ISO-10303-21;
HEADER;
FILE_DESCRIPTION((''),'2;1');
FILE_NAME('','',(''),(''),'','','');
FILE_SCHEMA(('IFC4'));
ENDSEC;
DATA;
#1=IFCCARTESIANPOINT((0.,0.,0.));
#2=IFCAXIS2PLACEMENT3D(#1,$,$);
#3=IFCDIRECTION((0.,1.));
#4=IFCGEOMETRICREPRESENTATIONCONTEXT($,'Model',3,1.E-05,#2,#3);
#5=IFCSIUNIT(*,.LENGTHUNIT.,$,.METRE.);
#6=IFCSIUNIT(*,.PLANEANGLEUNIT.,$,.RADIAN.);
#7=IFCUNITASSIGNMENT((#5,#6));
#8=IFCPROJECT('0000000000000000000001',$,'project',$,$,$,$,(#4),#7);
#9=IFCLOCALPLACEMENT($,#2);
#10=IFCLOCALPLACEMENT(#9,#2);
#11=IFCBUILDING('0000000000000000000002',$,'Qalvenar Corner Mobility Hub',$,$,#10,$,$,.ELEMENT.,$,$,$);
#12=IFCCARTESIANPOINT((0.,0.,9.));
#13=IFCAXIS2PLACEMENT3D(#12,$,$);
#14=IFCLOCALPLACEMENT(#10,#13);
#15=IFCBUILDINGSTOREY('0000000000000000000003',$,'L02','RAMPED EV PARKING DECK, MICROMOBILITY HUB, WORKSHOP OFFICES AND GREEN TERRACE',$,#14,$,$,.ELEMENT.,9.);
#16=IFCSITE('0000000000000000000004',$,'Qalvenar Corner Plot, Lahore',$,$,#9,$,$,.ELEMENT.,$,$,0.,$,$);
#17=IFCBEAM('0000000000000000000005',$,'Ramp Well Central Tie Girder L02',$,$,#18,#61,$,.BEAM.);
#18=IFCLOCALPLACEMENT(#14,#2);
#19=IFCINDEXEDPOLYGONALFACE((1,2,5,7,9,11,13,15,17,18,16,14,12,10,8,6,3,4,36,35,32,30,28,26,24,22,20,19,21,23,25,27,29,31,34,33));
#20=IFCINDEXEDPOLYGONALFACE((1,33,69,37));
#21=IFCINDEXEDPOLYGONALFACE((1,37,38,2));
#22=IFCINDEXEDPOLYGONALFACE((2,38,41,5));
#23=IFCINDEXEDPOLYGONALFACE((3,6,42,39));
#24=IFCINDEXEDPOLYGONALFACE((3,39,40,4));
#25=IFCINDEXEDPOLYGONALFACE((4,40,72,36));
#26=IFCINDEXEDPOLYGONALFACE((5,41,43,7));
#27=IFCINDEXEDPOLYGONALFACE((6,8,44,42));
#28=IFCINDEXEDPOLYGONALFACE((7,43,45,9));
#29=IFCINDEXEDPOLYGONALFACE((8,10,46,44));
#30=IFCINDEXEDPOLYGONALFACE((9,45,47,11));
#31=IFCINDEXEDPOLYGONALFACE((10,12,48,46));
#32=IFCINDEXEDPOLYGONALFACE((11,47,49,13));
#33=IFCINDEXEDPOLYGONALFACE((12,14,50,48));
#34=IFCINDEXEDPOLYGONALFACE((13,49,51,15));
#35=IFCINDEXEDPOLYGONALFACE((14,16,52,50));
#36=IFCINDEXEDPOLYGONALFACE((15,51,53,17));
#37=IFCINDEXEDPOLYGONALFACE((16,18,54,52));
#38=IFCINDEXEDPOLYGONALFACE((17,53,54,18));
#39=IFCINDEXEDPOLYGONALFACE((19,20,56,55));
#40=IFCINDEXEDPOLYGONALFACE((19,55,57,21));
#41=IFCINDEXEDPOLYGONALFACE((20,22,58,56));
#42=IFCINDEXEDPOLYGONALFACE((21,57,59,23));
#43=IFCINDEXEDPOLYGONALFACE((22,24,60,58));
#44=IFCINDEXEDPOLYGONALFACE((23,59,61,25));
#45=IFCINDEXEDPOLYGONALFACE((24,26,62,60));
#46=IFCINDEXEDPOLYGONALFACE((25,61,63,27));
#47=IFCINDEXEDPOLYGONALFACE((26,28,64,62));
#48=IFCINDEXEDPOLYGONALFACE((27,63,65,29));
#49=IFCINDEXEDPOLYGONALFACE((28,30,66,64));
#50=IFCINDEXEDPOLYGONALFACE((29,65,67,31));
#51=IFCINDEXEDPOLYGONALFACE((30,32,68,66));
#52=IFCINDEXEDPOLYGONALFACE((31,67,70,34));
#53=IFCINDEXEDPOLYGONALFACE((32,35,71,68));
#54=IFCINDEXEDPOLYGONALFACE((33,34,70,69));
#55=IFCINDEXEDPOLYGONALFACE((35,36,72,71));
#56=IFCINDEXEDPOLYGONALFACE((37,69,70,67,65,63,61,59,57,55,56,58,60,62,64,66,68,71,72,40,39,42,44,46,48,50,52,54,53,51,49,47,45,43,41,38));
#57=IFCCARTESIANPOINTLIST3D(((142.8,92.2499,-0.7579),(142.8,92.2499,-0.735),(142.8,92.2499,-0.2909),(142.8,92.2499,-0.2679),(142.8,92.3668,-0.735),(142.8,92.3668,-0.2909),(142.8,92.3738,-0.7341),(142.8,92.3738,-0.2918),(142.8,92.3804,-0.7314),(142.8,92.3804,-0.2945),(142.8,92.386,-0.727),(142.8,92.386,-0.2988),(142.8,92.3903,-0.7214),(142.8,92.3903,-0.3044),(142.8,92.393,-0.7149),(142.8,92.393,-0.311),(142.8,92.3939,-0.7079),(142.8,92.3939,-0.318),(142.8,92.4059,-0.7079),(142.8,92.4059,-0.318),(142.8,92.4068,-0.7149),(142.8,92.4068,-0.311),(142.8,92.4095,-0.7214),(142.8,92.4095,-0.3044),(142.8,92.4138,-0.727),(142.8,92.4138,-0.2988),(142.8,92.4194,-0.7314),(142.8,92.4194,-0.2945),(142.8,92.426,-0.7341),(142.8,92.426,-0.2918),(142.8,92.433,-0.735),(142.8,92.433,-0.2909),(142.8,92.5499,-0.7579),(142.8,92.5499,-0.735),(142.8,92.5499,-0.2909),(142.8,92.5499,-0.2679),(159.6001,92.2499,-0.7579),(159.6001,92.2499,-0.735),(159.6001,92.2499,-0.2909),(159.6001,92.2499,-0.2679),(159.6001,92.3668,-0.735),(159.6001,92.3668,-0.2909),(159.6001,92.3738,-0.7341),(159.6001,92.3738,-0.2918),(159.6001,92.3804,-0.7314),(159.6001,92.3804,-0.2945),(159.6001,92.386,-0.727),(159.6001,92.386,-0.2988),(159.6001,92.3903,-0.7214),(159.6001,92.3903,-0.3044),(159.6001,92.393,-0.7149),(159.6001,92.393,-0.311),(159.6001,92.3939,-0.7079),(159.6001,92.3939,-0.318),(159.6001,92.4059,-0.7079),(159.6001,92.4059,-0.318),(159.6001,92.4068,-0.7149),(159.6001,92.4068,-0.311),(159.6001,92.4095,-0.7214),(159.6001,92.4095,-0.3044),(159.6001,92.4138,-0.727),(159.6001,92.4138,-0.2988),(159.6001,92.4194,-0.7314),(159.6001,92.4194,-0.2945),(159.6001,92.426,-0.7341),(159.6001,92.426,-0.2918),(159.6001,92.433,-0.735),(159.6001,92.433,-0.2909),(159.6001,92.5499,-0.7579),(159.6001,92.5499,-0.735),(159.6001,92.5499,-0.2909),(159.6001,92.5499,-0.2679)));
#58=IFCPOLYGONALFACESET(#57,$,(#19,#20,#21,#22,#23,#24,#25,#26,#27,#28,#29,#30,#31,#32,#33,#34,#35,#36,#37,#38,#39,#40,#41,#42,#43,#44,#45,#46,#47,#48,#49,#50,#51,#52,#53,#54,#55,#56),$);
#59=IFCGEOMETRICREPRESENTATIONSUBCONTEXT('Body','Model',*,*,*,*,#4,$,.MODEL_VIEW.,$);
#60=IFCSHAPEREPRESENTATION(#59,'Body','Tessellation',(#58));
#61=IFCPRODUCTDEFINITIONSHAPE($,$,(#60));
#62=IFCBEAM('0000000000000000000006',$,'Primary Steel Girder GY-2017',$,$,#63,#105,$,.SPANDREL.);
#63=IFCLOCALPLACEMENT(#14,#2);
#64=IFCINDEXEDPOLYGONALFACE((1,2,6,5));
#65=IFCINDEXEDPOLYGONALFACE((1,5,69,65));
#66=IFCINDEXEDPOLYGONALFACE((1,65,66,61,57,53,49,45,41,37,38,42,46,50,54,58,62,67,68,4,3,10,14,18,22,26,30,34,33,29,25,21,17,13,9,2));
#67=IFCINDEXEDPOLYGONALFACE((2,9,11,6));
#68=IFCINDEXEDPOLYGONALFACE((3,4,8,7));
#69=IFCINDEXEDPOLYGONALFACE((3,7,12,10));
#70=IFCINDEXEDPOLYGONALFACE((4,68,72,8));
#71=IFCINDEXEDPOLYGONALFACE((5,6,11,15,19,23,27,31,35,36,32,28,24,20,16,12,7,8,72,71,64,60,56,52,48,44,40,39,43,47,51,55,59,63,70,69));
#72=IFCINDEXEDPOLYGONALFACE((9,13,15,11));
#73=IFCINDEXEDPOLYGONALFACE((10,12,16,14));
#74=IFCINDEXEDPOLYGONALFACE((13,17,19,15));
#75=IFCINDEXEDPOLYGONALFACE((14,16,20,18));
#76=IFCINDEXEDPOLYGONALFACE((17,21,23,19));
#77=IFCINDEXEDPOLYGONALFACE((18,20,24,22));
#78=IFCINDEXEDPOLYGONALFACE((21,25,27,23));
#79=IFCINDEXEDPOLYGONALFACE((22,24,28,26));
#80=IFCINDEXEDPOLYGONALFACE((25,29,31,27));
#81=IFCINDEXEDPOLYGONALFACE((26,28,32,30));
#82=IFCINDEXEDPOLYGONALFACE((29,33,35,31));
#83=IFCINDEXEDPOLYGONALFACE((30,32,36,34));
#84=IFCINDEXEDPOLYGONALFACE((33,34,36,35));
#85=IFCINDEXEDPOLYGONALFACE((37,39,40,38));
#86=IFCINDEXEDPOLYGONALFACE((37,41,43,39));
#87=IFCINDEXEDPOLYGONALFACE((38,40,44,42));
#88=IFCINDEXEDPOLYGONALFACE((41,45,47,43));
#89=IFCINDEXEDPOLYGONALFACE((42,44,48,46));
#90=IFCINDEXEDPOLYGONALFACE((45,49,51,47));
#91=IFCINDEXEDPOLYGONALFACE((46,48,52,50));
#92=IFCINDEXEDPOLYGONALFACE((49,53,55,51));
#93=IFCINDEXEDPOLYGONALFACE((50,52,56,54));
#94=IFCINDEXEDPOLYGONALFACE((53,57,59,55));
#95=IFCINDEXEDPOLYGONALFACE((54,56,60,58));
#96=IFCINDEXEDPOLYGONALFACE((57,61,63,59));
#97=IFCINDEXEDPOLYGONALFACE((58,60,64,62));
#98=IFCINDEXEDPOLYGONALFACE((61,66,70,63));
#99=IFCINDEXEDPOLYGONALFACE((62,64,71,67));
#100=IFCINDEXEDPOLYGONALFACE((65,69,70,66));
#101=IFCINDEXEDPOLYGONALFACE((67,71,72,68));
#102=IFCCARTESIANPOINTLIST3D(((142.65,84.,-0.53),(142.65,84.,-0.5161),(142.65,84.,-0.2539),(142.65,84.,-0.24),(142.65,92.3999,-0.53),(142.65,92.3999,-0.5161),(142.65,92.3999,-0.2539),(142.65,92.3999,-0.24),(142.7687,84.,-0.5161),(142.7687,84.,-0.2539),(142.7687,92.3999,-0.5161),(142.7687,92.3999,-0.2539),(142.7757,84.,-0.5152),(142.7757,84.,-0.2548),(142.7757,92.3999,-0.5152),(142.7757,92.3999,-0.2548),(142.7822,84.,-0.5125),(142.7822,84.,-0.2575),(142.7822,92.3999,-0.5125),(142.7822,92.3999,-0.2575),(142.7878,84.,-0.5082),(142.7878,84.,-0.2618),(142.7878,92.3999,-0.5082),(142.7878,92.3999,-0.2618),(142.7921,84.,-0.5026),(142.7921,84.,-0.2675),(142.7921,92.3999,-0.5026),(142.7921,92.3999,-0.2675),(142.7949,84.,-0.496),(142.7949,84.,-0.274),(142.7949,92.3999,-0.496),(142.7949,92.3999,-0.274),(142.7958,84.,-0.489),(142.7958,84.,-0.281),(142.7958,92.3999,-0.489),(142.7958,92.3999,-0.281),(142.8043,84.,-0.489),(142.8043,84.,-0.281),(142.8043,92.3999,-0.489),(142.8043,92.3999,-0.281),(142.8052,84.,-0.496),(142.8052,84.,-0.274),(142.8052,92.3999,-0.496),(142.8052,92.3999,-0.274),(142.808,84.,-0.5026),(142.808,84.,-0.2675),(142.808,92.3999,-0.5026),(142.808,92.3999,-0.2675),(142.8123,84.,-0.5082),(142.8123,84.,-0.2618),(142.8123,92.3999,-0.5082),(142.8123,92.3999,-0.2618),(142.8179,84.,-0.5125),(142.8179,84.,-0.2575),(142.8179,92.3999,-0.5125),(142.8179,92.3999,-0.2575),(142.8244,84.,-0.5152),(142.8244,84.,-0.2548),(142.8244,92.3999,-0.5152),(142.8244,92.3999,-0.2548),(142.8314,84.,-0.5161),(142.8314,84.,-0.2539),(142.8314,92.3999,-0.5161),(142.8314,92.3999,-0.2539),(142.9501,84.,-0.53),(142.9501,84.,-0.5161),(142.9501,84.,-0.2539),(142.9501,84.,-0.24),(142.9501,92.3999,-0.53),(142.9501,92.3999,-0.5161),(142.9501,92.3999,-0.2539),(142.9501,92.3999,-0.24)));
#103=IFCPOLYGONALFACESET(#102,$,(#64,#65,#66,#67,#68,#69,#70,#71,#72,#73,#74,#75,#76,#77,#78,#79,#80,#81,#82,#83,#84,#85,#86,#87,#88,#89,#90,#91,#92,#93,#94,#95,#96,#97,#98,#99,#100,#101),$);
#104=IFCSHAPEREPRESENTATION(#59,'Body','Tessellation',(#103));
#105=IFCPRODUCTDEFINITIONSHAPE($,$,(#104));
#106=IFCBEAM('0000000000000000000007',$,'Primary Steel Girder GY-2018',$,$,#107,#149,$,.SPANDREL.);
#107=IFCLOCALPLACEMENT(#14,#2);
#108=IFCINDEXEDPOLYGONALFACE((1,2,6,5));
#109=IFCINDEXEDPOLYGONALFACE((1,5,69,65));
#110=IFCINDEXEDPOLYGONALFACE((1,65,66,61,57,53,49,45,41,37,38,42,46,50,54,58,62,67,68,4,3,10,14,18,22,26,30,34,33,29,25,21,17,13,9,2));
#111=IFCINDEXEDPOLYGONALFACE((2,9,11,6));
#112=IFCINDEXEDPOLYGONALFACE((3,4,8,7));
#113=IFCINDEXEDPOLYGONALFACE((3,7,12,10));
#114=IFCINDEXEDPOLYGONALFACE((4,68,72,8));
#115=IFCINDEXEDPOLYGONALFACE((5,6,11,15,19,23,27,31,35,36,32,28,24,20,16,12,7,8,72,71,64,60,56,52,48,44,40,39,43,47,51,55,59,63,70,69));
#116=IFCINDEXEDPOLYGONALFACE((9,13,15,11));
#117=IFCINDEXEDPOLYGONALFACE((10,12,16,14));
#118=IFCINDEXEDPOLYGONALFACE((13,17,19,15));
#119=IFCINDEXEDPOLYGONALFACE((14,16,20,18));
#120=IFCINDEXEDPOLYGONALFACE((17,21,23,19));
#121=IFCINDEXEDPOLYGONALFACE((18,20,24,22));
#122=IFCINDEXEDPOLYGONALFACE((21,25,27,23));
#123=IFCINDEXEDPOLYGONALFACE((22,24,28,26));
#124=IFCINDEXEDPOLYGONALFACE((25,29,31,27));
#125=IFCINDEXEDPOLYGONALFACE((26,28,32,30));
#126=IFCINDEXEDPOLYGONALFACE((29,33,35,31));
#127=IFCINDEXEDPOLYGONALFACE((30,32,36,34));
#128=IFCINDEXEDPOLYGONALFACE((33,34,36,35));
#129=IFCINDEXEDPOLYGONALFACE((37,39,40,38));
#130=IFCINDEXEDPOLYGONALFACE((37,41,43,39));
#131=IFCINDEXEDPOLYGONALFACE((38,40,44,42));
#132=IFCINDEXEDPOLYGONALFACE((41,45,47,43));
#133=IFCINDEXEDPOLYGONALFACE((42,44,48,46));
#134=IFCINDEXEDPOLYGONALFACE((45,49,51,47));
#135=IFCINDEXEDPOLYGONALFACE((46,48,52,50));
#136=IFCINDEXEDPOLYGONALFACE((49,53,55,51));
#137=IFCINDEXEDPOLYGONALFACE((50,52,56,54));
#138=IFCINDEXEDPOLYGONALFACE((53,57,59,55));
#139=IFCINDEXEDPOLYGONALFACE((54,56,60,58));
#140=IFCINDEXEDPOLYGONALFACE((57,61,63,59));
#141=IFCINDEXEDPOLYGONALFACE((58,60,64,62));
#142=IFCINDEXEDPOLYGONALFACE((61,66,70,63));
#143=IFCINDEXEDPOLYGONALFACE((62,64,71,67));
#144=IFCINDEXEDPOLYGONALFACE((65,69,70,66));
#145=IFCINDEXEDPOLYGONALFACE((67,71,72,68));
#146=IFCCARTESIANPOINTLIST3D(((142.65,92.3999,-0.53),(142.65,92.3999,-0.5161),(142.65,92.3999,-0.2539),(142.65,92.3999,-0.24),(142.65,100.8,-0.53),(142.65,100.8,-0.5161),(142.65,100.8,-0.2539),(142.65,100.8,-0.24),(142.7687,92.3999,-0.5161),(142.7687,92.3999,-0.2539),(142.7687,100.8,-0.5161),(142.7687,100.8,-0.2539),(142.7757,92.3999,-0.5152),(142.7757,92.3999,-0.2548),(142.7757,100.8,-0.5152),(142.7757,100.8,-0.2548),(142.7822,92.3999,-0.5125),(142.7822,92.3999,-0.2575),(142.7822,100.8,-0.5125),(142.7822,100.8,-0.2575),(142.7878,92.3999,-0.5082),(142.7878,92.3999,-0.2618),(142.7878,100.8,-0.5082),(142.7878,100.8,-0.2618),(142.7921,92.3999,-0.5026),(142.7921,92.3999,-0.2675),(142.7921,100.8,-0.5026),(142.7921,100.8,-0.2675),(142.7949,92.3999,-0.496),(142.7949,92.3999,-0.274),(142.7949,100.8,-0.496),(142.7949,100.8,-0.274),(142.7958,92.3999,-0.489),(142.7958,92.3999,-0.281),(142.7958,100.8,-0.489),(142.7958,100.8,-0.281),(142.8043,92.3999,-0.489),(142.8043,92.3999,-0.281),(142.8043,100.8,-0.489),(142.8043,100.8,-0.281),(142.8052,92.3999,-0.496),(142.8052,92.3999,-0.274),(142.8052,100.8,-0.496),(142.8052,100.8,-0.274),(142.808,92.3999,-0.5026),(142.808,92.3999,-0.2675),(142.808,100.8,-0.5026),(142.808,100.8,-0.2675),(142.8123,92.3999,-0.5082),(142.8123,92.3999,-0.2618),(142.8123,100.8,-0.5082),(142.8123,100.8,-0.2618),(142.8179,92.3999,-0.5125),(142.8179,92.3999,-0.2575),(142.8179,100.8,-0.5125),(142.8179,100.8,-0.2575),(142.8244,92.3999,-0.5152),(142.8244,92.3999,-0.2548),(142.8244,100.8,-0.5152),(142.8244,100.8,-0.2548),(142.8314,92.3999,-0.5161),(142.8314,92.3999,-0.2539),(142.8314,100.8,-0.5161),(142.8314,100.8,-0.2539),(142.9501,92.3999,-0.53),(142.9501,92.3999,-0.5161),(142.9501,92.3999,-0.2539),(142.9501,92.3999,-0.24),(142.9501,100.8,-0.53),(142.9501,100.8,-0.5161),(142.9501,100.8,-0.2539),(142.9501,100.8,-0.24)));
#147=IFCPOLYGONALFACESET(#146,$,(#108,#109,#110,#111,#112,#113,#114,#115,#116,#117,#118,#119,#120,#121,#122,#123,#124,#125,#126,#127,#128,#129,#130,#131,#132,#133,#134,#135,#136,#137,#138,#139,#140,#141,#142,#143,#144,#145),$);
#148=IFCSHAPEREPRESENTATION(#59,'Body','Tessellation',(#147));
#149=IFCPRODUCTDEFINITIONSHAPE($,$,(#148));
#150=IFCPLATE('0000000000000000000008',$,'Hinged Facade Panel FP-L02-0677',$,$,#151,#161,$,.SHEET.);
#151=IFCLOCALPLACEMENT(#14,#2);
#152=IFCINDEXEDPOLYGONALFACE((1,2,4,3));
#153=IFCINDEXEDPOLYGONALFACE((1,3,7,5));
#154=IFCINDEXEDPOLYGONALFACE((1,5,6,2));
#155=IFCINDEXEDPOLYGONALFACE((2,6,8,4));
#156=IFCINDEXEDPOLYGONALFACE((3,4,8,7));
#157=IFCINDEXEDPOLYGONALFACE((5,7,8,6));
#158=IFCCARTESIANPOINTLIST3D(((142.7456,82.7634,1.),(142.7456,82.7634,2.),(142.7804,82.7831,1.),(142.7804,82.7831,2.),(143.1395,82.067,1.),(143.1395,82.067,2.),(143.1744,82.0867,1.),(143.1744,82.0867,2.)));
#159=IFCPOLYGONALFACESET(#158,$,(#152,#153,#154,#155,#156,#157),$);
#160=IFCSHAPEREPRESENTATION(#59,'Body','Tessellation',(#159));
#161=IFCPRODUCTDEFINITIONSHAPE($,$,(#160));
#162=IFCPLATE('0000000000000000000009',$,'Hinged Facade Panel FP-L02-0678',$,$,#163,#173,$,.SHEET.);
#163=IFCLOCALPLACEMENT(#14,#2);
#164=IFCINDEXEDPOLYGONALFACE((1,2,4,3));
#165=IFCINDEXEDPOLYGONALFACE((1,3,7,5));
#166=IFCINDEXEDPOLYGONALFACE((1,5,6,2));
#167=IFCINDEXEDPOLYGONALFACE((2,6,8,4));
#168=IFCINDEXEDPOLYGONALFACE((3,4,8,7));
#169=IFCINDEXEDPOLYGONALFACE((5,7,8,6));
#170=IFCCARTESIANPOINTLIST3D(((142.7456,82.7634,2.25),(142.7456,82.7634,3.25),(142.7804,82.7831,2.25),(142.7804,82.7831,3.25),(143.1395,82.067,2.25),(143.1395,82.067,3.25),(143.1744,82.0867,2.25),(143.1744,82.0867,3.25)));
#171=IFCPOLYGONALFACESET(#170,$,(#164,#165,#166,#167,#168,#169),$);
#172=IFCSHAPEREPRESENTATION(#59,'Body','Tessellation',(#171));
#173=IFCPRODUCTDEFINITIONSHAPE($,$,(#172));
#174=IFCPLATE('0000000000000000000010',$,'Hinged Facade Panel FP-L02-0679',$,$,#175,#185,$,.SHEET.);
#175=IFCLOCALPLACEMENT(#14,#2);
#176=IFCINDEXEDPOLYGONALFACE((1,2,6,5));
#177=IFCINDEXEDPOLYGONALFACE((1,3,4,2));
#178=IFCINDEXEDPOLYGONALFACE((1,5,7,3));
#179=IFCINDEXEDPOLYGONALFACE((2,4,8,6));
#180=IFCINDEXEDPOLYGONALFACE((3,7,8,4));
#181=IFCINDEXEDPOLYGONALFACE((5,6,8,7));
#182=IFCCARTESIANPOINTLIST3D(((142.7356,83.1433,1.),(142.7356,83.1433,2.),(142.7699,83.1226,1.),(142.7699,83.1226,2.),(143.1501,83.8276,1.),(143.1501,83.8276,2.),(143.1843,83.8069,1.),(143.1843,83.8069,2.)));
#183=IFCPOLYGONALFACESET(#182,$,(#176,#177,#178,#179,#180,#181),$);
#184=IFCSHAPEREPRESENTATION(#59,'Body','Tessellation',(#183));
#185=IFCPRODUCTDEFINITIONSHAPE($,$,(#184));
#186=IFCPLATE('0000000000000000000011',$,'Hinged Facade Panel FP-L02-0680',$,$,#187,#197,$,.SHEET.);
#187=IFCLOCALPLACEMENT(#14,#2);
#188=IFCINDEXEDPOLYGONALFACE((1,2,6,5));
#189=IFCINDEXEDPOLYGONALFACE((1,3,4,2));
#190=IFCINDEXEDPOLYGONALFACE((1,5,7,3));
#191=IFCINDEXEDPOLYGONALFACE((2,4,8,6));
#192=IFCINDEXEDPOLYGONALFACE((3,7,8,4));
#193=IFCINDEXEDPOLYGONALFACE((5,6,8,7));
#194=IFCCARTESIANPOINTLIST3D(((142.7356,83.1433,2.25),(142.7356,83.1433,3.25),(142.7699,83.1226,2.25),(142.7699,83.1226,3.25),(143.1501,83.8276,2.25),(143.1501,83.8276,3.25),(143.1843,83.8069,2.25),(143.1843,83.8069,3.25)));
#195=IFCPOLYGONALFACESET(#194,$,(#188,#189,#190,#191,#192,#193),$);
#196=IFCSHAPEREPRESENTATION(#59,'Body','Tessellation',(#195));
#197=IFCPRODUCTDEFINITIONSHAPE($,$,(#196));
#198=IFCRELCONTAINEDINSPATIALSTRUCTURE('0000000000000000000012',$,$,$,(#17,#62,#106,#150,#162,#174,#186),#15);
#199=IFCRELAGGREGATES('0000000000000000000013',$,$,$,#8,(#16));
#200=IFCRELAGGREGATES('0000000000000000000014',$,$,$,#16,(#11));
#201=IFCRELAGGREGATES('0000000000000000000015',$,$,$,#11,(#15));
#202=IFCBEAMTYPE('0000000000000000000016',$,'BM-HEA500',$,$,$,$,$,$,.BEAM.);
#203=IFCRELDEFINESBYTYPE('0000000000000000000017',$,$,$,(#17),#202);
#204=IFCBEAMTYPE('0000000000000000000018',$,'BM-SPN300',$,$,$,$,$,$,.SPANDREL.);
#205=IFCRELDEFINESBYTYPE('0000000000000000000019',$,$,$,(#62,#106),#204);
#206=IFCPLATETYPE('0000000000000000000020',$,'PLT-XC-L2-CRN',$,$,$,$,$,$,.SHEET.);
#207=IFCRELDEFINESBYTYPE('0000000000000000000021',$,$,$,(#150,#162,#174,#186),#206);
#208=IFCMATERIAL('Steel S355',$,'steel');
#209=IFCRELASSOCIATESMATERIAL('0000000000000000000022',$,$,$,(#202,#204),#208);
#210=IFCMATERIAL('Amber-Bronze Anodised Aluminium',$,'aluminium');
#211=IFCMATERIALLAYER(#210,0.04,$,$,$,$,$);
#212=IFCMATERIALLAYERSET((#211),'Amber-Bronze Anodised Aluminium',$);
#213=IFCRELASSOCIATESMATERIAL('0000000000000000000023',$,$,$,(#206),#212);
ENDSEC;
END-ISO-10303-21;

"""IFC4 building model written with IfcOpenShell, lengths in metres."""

from ifc_helpers import new_model, si_unit, direction, frame, origin, origin_2d, place, context, subcontext, project, spatial, rectangle, i_section, extrude, material, layer, layer_set, material_profile, profile_set, type_object, element, save


model = new_model("IFC4")

# Units and contexts
model_context = context("Model", 3, precision=1e-05, world=origin(), true_north=direction((0.0, 1.0)))
body_context = subcontext(model_context, "Body", "Model", "MODEL_VIEW")
ifc_project = project(units=[si_unit("LENGTHUNIT", "METRE"), si_unit("PLANEANGLEUNIT", "RADIAN")], contexts=[model_context])

# Site, building, storey
site_placement = place(None, origin())
site = spatial("IfcSite", under=ifc_project, at=site_placement, Name="Qalvenar Corner Plot, Lahore", CompositionType="ELEMENT", RefElevation=0.0)
building_placement = place(site_placement, origin())
building = spatial("IfcBuilding", under=site, at=building_placement, Name="Qalvenar Corner Mobility Hub", CompositionType="ELEMENT")
storey_placement = place(building_placement, frame((0.0, 0.0, 9.0)))
storey = spatial("IfcBuildingStorey", under=building, at=storey_placement, Name="L02", Description="RAMPED EV PARKING DECK, MICROMOBILITY HUB, WORKSHOP OFFICES AND GREEN TERRACE", CompositionType="ELEMENT", Elevation=9.0)

# Beams
ifc_material_1 = material(Name="Steel S355", Category="steel")
ifc_material_profile_1 = material_profile(ifc_material_1, i_section(OverallWidth=0.3, OverallDepth=0.49, WebThickness=0.012, FlangeThickness=0.0229, FilletRadius=0.0271, at=origin_2d()), Name="HEA500")
ifc_profile_set_1 = profile_set([ifc_material_profile_1], Name="Steel S355")
beam_type_1 = type_object("IfcBeamType", Name="BM-HEA500", PredefinedType="BEAM", material=ifc_profile_set_1)
beam_1_placement = place(storey_placement, frame((142.8, 92.3999, -0.5129), z_axis=(1.0, 0.0, 0.0), x_axis=(0.0, 1.0, 0.0)))
element("IfcBeam", 1, at=beam_1_placement, inside=storey, type_object=beam_type_1, Name="Ramp Well Central Tie Girder L02", PredefinedType="BEAM", context=body_context, shape_type="SweptSolid", body=[
    extrude(i_section(OverallWidth=0.3, OverallDepth=0.49, WebThickness=0.012, FlangeThickness=0.0229, FilletRadius=0.0271, at=origin_2d()), origin(), (0.0, 0.0, 1.0), 16.8),
])
ifc_material_profile_2 = material_profile(ifc_material_1, i_section(OverallWidth=0.3, OverallDepth=0.29, WebThickness=0.0085, FlangeThickness=0.0139, FilletRadius=0.0271, at=origin_2d()), Name="HEA300")
ifc_profile_set_2 = profile_set([ifc_material_profile_2], Name="Steel S355")
beam_type_2 = type_object("IfcBeamType", Name="BM-SPN300", PredefinedType="SPANDREL", material=ifc_profile_set_2)
beam_2_placement = place(storey_placement, frame((142.8, 84.0, -0.385), z_axis=(0.0, 1.0, 0.0), x_axis=(-1.0, 0.0, 0.0)))
element("IfcBeam", 2, at=beam_2_placement, inside=storey, type_object=beam_type_2, Name="Primary Steel Girder GY-2017", PredefinedType="SPANDREL", context=body_context, shape_type="SweptSolid", body=[
    extrude(i_section(OverallWidth=0.3, OverallDepth=0.29, WebThickness=0.0085, FlangeThickness=0.0139, FilletRadius=0.0271, at=origin_2d()), origin(), (0.0, 0.0, 1.0), 8.3999),
])
beam_3_placement = place(storey_placement, frame((142.8, 92.3999, -0.385), z_axis=(0.0, 1.0, 0.0), x_axis=(-1.0, 0.0, 0.0)))
element("IfcBeam", 3, at=beam_3_placement, inside=storey, type_object=beam_type_2, Name="Primary Steel Girder GY-2018", PredefinedType="SPANDREL", context=body_context, shape_type="SweptSolid", body=[
    extrude(i_section(OverallWidth=0.3, OverallDepth=0.29, WebThickness=0.0085, FlangeThickness=0.0139, FilletRadius=0.0271, at=origin_2d()), origin(), (0.0, 0.0, 1.0), 8.4001),
])

# Plates
ifc_material_2 = material(Name="Amber-Bronze Anodised Aluminium", Category="aluminium")
ifc_layer_1 = layer(ifc_material_2, 0.04)
ifc_layer_set_1 = layer_set([ifc_layer_1], Name="Amber-Bronze Anodised Aluminium")
plate_type_1 = type_object("IfcPlateType", Name="PLT-XC-L2-CRN", PredefinedType="SHEET", material=ifc_layer_set_1)
for number, where, z_axis, x_axis, name in (
    (4, (142.96, 82.425, 1.0), (0.0, 0.0, 1.0), (-0.492424, 0.870356, 0.0), "Hinged Facade Panel FP-L02-0677"),
    (5, (142.96, 82.425, 2.25), (0.0, 0.0, 1.0), (-0.492424, 0.870356, 0.0), "Hinged Facade Panel FP-L02-0678"),
    (6, (142.96, 83.4751, 1.0), (0.0, 0.0, 1.0), (0.518027, 0.855364, 0.0), "Hinged Facade Panel FP-L02-0679"),
    (7, (142.96, 83.4751, 2.25), (0.0, 0.0, 1.0), (0.518027, 0.855364, 0.0), "Hinged Facade Panel FP-L02-0680"),
):
    element("IfcPlate", number, at=place(storey_placement, frame(where, z_axis=z_axis, x_axis=x_axis)), inside=storey, type_object=plate_type_1, Name=name, PredefinedType="SHEET", context=body_context, shape_type="SweptSolid", body=[
        extrude(rectangle(XDim=0.8, YDim=0.04, at=origin_2d()), origin(), (0.0, 0.0, 1.0), 1.0),
    ])

save(model, "model.ifc")
